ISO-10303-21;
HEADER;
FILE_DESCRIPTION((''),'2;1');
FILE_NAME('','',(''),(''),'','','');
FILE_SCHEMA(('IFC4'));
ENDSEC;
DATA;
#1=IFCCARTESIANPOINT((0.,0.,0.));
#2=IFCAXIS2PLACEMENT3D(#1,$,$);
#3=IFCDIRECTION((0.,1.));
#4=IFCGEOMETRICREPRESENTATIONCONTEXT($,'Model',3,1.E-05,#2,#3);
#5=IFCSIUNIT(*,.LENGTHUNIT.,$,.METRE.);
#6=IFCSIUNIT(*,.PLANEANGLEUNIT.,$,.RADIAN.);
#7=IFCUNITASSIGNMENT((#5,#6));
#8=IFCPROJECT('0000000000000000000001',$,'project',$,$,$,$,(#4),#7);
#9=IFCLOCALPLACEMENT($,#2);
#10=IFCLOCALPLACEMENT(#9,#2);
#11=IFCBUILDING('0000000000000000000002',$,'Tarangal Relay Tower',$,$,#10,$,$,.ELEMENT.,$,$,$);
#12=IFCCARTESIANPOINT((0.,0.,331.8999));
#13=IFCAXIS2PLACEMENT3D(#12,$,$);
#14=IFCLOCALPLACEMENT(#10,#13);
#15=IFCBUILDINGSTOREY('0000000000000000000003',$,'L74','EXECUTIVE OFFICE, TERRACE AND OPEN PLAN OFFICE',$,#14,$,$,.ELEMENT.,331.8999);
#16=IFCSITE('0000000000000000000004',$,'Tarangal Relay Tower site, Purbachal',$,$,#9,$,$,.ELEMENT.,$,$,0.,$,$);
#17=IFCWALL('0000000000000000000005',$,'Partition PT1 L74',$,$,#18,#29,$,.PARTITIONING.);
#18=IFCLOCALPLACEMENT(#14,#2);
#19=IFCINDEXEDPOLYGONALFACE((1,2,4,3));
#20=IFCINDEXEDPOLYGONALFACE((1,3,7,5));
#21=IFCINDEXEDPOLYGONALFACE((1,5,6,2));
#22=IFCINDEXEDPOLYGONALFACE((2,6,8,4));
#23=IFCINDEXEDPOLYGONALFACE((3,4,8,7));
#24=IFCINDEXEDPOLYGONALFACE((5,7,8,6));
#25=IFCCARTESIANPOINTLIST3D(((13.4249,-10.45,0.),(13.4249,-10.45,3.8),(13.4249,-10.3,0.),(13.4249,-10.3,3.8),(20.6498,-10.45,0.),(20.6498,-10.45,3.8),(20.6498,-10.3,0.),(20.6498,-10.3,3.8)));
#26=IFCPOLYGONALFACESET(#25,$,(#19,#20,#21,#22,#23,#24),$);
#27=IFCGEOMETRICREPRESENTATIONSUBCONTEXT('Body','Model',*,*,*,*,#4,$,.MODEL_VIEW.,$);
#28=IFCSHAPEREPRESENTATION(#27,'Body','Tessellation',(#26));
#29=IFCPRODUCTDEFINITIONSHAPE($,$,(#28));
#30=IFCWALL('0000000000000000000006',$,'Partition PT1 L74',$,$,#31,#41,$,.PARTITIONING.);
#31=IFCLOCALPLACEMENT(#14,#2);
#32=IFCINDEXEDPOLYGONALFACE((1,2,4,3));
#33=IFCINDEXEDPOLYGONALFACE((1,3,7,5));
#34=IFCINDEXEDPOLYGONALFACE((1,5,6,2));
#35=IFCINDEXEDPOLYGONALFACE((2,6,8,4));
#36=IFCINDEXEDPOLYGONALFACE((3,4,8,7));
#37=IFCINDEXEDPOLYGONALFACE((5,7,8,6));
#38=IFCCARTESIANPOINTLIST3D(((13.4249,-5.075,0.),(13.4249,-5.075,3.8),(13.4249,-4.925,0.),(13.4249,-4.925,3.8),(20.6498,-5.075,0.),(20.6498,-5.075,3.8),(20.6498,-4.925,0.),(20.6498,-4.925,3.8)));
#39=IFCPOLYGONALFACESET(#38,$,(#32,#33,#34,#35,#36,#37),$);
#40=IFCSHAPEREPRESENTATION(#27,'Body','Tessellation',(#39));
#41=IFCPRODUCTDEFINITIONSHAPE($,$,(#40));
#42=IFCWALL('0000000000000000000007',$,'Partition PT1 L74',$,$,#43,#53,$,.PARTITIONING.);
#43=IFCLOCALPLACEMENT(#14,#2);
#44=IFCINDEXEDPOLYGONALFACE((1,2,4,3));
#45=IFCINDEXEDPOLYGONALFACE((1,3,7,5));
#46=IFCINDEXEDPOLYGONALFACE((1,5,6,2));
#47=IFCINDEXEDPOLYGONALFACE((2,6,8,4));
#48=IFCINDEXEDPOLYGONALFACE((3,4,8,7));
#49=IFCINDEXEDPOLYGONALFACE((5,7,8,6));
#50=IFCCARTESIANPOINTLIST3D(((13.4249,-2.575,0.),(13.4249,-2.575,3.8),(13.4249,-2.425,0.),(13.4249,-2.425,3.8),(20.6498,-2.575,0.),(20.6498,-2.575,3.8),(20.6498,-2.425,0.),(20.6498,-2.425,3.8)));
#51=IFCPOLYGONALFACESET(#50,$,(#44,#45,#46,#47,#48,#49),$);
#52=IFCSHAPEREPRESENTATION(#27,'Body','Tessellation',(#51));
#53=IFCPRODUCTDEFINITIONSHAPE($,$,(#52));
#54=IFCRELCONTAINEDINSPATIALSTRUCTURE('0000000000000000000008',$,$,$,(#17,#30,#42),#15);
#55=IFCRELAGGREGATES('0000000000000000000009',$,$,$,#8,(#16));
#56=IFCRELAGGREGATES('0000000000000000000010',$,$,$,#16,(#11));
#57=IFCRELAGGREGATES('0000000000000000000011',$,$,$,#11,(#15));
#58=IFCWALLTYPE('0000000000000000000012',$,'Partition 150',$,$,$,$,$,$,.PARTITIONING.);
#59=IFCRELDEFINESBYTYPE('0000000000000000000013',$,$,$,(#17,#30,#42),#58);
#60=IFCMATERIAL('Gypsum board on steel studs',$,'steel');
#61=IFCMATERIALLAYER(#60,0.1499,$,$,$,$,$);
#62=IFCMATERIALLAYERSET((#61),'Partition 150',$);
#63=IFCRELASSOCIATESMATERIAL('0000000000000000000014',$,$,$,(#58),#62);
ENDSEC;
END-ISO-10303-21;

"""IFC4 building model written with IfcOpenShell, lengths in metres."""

from ifc_helpers import new_model, si_unit, direction, frame, frame_2d, origin, place, context, subcontext, project, spatial, rectangle, extrude, material, layer, layer_set, type_object, element, save


model = new_model("IFC4")

# Units and contexts
model_context = context("Model", 3, precision=1e-05, world=origin(), true_north=direction((0.0, 1.0)))
body_context = subcontext(model_context, "Body", "Model", "MODEL_VIEW")
ifc_project = project(units=[si_unit("LENGTHUNIT", "METRE"), si_unit("PLANEANGLEUNIT", "RADIAN")], contexts=[model_context])

# Site, building, storey
site_placement = place(None, origin())
site = spatial("IfcSite", under=ifc_project, at=site_placement, Name="Tarangal Relay Tower site, Purbachal", CompositionType="ELEMENT", RefElevation=0.0)
building_placement = place(site_placement, origin())
building = spatial("IfcBuilding", under=site, at=building_placement, Name="Tarangal Relay Tower", CompositionType="ELEMENT")
storey_placement = place(building_placement, frame((0.0, 0.0, 331.8999)))
storey = spatial("IfcBuildingStorey", under=building, at=storey_placement, Name="L74", Description="EXECUTIVE OFFICE, TERRACE AND OPEN PLAN OFFICE", CompositionType="ELEMENT", Elevation=331.8999)

# Walls
ifc_material_1 = material(Name="Gypsum board on steel studs", Category="steel")
ifc_layer_1 = layer(ifc_material_1, 0.1499)
ifc_layer_set_1 = layer_set([ifc_layer_1], Name="Partition 150")
wall_type_1 = type_object("IfcWallType", Name="Partition 150", PredefinedType="PARTITIONING", material=ifc_layer_set_1)
for number, where, z_axis, x_axis, name in (
    (1, (13.425, -10.375, 0.0), (0.0, 0.0, 1.0), (1.0, 0.0, 0.0), "Partition PT1 L74"),
    (2, (13.425, -5.0, 0.0), (0.0, 0.0, 1.0), (1.0, 0.0, 0.0), "Partition PT1 L74"),
    (3, (13.425, -2.5, 0.0), (0.0, 0.0, 1.0), (1.0, 0.0, 0.0), "Partition PT1 L74"),
):
    element("IfcWall", number, at=place(storey_placement, frame(where, z_axis=z_axis, x_axis=x_axis)), inside=storey, type_object=wall_type_1, Name=name, PredefinedType="PARTITIONING", context=body_context, shape_type="SweptSolid", body=[
        extrude(rectangle(XDim=7.2249, YDim=0.1499, at=frame_2d((3.6123, 0.0))), origin(), (0.0, 0.0, 1.0), 3.8),
    ])

save(model, "model.ifc")
